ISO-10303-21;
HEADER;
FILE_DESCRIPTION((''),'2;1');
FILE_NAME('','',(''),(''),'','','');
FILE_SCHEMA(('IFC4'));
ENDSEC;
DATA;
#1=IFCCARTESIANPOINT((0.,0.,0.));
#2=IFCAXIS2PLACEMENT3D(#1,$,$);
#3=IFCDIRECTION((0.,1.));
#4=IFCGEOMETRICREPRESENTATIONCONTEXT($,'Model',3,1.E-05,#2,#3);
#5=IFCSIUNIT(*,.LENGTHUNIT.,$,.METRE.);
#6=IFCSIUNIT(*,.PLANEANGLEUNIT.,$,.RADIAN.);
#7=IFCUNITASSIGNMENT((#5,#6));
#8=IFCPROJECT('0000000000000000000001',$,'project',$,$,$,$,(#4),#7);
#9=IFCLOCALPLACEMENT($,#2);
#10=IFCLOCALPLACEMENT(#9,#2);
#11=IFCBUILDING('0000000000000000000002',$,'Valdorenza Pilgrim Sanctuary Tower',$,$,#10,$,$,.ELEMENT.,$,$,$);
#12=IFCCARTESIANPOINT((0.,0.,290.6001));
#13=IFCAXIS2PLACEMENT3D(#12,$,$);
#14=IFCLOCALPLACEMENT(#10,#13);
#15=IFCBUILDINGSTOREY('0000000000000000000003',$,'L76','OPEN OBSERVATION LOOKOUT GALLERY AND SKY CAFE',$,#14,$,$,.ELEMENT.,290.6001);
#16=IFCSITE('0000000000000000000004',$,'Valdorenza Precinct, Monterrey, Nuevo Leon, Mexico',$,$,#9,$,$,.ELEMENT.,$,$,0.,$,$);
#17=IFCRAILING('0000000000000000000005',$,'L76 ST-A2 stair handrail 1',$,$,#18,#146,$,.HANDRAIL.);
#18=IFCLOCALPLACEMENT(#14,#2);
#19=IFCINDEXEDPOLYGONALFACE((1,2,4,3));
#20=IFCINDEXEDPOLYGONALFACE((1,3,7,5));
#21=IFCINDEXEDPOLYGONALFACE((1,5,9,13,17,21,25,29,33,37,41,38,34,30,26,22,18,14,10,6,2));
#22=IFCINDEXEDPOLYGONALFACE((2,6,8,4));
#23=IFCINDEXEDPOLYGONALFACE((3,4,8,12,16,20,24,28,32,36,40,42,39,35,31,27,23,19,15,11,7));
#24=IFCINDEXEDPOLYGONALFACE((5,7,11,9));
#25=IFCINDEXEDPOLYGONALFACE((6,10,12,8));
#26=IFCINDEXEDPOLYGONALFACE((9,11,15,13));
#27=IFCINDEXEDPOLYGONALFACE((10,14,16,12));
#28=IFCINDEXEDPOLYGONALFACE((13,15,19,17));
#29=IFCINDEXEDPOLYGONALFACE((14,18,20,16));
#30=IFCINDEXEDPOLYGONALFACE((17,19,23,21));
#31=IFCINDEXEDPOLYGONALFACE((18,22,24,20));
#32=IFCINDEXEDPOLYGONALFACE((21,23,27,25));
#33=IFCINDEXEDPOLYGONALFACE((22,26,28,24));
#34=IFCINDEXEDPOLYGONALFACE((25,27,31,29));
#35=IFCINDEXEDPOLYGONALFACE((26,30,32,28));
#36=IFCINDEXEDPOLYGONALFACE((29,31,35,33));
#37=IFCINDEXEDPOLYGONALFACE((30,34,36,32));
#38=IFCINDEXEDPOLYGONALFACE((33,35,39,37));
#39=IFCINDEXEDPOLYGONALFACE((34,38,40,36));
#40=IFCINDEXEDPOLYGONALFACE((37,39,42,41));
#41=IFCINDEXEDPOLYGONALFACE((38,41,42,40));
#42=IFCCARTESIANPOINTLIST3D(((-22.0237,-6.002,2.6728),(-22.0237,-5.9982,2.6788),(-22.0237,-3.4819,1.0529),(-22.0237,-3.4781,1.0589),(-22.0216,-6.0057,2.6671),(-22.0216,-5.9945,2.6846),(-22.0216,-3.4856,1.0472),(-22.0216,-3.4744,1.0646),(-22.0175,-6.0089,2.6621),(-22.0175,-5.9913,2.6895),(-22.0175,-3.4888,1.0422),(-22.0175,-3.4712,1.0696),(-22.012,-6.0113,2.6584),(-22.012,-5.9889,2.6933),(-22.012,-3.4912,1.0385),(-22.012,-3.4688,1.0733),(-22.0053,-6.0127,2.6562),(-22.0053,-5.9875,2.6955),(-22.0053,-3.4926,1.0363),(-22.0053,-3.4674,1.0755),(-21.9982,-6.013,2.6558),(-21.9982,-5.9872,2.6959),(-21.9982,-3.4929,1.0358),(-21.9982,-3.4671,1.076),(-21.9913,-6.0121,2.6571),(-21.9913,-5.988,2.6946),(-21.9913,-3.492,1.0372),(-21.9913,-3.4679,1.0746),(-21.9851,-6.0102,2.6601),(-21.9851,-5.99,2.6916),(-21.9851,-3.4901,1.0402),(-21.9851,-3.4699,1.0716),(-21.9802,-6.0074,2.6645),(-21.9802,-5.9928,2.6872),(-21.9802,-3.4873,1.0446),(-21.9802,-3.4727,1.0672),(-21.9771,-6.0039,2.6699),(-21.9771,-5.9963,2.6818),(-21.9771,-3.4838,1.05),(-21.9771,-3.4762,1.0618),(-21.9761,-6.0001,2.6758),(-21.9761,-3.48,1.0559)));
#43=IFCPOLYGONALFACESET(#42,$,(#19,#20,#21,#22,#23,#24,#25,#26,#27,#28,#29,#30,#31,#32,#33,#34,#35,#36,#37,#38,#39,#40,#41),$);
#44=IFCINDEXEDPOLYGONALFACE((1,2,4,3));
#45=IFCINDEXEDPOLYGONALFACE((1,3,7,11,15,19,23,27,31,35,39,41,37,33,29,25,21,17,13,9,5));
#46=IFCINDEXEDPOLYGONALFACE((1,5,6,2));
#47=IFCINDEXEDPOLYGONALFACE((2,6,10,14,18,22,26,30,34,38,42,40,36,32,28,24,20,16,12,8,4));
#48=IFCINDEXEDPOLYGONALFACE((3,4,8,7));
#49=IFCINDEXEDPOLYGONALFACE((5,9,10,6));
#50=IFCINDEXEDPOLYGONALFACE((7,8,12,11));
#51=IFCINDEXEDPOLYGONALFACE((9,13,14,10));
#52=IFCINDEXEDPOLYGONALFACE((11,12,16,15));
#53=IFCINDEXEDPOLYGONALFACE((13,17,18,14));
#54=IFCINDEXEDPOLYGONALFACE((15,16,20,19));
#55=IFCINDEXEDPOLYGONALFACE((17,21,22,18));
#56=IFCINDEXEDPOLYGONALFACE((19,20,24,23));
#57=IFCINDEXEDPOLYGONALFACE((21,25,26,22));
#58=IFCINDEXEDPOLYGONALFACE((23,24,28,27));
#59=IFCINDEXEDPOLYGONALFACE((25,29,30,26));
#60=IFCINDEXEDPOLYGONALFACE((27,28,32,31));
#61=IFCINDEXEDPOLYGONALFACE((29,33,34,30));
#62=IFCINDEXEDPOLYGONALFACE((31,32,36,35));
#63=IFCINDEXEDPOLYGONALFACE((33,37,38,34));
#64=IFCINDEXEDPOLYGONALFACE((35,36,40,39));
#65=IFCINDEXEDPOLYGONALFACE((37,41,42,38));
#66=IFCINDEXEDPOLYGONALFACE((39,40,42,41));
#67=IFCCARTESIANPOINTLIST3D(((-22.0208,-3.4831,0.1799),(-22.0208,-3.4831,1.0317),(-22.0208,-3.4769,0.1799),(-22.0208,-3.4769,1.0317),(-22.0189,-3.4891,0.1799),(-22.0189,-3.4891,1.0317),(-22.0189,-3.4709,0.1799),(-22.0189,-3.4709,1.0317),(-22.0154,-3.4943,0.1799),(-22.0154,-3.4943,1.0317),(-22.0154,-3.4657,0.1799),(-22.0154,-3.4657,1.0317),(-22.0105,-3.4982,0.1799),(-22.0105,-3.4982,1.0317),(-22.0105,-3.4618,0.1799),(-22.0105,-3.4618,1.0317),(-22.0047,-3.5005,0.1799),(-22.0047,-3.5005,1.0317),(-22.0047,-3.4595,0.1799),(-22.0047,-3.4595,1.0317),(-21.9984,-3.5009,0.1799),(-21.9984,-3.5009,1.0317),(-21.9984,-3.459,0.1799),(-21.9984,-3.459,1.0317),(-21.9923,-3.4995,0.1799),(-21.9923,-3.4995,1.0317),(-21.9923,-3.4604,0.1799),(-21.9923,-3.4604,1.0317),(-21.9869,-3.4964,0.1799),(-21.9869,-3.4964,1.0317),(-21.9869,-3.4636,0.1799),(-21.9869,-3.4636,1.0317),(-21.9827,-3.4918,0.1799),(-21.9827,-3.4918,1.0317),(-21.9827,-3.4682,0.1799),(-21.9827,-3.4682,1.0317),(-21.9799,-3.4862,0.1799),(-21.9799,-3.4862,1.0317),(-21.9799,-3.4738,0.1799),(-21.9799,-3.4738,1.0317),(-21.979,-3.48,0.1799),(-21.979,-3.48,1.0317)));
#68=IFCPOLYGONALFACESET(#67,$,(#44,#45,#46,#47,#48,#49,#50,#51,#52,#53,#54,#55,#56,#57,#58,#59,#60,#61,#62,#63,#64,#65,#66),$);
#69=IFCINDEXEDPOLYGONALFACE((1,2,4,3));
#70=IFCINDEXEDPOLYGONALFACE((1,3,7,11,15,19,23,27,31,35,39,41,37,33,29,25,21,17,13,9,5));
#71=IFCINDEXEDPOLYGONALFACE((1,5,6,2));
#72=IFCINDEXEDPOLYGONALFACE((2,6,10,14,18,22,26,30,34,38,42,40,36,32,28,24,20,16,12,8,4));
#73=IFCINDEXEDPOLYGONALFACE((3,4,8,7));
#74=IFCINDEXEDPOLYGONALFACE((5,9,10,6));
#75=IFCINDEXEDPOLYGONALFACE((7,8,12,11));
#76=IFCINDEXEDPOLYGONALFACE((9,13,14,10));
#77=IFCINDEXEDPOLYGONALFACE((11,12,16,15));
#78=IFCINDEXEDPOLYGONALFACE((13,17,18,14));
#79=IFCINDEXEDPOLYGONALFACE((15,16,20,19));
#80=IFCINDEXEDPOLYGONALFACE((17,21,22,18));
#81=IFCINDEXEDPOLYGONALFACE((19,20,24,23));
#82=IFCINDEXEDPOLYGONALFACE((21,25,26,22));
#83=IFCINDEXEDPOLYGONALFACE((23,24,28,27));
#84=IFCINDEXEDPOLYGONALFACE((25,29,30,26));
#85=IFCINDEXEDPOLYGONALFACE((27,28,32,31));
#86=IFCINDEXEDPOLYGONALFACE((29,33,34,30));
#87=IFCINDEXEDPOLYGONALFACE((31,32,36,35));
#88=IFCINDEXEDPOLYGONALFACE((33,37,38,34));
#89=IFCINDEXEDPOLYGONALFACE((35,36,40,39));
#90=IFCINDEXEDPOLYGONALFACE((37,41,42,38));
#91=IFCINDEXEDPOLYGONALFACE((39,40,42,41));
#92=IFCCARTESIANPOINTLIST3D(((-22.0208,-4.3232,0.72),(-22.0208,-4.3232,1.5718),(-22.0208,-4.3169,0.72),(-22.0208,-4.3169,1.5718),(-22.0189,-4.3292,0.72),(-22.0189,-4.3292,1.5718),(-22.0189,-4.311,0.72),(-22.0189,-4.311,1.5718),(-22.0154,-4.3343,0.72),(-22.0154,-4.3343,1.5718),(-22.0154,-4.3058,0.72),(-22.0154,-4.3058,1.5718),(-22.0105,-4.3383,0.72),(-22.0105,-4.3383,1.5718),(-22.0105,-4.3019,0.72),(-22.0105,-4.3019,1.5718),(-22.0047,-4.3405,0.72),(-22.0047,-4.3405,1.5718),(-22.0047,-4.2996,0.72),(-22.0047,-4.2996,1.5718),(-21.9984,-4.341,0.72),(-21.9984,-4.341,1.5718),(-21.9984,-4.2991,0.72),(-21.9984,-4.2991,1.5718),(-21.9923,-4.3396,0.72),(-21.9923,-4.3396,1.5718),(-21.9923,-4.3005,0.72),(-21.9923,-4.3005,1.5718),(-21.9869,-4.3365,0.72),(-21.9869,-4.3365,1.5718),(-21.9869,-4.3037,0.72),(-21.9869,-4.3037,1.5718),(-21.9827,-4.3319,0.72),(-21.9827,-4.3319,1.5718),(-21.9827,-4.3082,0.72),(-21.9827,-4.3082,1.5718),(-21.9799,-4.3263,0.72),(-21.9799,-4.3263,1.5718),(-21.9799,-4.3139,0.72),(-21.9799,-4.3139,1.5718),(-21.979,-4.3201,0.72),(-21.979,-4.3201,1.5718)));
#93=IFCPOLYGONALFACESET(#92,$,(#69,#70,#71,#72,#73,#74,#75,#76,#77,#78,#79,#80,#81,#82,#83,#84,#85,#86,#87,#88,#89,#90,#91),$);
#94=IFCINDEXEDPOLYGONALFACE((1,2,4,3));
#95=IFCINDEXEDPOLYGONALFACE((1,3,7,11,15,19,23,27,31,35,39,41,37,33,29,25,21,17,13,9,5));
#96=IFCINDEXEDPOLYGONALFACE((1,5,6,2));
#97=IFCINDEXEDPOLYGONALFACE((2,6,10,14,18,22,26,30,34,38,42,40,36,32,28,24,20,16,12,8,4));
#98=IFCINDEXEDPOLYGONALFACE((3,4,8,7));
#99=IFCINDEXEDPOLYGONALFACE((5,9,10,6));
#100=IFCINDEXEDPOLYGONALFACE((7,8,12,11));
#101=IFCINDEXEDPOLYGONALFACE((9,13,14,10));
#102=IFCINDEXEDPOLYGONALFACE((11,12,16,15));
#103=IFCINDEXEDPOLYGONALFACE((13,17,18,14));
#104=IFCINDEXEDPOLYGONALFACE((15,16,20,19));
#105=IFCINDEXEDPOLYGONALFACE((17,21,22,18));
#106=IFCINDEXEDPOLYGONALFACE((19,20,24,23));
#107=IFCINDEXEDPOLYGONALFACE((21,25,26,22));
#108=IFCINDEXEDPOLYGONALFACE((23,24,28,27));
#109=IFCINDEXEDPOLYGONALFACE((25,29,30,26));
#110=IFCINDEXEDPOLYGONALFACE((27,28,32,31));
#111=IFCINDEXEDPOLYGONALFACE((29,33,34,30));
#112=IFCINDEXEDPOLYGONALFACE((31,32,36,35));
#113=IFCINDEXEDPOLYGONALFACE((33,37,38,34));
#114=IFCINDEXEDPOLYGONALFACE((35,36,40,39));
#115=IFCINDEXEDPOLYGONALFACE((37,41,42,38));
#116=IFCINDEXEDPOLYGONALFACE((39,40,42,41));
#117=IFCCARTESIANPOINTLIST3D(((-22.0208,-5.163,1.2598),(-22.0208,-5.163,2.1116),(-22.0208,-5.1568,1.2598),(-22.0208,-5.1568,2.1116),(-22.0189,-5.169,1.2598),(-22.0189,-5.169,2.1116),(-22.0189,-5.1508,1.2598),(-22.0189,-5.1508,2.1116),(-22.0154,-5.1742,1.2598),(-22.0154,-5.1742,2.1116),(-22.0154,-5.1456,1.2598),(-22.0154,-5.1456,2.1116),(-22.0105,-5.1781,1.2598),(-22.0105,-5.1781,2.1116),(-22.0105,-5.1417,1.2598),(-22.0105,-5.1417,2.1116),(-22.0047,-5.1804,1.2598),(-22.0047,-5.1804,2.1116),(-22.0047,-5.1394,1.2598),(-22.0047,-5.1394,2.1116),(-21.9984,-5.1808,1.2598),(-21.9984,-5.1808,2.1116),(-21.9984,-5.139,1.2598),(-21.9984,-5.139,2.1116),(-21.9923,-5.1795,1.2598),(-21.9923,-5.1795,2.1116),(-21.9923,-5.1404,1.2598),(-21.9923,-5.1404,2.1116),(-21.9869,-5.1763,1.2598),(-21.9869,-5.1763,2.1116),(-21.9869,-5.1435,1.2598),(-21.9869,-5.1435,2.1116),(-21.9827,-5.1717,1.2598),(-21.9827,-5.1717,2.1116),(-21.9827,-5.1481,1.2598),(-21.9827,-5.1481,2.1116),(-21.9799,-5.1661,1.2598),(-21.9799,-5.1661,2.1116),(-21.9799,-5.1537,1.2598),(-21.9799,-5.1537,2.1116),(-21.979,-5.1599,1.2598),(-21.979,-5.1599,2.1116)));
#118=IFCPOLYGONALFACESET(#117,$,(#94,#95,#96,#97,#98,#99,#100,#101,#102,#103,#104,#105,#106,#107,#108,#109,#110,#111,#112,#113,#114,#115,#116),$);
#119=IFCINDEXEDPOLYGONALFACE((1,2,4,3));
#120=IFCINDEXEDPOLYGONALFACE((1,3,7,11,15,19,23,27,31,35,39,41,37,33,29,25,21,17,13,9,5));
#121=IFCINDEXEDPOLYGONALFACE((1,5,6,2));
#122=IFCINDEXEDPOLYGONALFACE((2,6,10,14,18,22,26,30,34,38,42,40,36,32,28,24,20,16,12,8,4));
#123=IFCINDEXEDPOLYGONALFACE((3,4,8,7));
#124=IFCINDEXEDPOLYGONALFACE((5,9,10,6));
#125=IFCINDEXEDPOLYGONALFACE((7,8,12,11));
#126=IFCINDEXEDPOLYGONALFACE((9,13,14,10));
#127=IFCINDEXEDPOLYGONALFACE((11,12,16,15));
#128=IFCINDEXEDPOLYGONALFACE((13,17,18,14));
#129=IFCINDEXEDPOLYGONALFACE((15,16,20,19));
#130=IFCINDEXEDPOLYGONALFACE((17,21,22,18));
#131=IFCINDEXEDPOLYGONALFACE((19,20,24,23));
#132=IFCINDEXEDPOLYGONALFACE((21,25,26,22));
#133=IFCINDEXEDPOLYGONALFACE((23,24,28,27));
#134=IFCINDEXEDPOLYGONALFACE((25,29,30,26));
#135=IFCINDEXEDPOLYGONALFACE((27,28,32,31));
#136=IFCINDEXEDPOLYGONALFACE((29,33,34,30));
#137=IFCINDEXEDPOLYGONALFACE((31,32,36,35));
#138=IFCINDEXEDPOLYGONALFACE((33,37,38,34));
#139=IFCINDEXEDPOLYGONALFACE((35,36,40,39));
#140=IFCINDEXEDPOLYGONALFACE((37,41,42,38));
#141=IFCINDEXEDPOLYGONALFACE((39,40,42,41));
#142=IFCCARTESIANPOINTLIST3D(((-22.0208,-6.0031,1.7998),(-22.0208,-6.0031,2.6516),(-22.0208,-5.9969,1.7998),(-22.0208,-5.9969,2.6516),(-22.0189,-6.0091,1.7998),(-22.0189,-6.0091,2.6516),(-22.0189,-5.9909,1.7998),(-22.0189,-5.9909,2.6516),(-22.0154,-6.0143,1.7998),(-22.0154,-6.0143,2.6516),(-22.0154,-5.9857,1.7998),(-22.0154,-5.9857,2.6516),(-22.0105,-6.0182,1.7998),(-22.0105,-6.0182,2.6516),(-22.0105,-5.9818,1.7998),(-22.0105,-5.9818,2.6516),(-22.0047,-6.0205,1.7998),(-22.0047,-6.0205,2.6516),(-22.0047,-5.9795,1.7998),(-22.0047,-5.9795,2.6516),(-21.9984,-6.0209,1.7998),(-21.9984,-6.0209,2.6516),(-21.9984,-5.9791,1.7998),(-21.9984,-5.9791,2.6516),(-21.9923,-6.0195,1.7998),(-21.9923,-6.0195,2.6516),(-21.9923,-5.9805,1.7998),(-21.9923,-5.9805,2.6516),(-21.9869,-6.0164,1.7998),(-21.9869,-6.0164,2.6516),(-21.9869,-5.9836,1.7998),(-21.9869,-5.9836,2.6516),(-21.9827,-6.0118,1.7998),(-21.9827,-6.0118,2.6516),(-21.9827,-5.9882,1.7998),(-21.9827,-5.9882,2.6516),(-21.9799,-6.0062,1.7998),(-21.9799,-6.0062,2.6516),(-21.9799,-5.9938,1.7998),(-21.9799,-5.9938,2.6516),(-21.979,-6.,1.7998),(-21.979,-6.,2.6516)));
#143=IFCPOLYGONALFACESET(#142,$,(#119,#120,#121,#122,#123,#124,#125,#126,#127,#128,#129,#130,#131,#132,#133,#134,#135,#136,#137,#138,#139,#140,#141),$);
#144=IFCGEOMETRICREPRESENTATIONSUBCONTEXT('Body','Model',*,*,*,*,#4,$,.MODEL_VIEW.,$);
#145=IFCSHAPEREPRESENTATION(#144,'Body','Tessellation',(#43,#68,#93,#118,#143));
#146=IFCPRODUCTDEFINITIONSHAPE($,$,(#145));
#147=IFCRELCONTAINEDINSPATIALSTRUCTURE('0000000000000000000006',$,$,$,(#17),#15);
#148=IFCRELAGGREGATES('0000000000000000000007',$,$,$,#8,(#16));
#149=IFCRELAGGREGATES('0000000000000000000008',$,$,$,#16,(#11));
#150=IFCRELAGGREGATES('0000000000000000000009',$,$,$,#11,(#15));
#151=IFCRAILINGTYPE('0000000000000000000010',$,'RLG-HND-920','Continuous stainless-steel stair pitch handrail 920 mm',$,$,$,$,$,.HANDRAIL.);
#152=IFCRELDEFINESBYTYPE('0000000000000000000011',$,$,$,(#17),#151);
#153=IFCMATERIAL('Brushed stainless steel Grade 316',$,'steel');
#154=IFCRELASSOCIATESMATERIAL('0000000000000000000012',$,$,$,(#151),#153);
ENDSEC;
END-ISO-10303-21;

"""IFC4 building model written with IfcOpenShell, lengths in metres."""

from ifc_helpers import new_model, si_unit, direction, frame, origin, origin_2d, place, context, subcontext, project, spatial, circle, extrude, material, type_object, element, save


model = new_model("IFC4")

# Units and contexts
model_context = context("Model", 3, precision=1e-05, world=origin(), true_north=direction((0.0, 1.0)))
body_context = subcontext(model_context, "Body", "Model", "MODEL_VIEW")
ifc_project = project(units=[si_unit("LENGTHUNIT", "METRE"), si_unit("PLANEANGLEUNIT", "RADIAN")], contexts=[model_context])

# Site, building, storey
site_placement = place(None, origin())
site = spatial("IfcSite", under=ifc_project, at=site_placement, Name="Valdorenza Precinct, Monterrey, Nuevo Leon, Mexico", CompositionType="ELEMENT", RefElevation=0.0)
building_placement = place(site_placement, origin())
building = spatial("IfcBuilding", under=site, at=building_placement, Name="Valdorenza Pilgrim Sanctuary Tower", CompositionType="ELEMENT")
storey_placement = place(building_placement, frame((0.0, 0.0, 290.6001)))
storey = spatial("IfcBuildingStorey", under=building, at=storey_placement, Name="L76", Description="OPEN OBSERVATION LOOKOUT GALLERY AND SKY CAFE", CompositionType="ELEMENT", Elevation=290.6001)

# Railing
ifc_material_1 = material(Name="Brushed stainless steel Grade 316", Category="steel")
railing_type_1 = type_object("IfcRailingType", Name="RLG-HND-920", Description="Continuous stainless-steel stair pitch handrail 920 mm", PredefinedType="HANDRAIL", material=ifc_material_1)
railing_1_placement = place(storey_placement, frame((-22.0, -3.48, 0.1799)))
element("IfcRailing", 1, at=railing_1_placement, inside=storey, type_object=railing_type_1, Name="L76 ST-A2 stair handrail 1", PredefinedType="HANDRAIL", context=body_context, shape_type="SweptSolid", body=[
    extrude(circle(Radius=0.0239, at=origin_2d()), frame((0.0, 0.0, 0.876), z_axis=(0.0, -0.8412, 0.540725), x_axis=(1.0, 0.0, 0.0)), (0.0, 0.0, 1.0), 2.9958),
    extrude(circle(Radius=0.021, at=origin_2d()), origin(), (0.0, 0.0, 1.0), 0.8518),
    extrude(circle(Radius=0.021, at=origin_2d()), frame((0.0, -0.8401, 0.54)), (0.0, 0.0, 1.0), 0.8518),
    extrude(circle(Radius=0.021, at=origin_2d()), frame((0.0, -1.6799, 1.0798)), (0.0, 0.0, 1.0), 0.8518),
    extrude(circle(Radius=0.021, at=origin_2d()), frame((0.0, -2.52, 1.6199)), (0.0, 0.0, 1.0), 0.8518),
])

save(model, "model.ifc")
